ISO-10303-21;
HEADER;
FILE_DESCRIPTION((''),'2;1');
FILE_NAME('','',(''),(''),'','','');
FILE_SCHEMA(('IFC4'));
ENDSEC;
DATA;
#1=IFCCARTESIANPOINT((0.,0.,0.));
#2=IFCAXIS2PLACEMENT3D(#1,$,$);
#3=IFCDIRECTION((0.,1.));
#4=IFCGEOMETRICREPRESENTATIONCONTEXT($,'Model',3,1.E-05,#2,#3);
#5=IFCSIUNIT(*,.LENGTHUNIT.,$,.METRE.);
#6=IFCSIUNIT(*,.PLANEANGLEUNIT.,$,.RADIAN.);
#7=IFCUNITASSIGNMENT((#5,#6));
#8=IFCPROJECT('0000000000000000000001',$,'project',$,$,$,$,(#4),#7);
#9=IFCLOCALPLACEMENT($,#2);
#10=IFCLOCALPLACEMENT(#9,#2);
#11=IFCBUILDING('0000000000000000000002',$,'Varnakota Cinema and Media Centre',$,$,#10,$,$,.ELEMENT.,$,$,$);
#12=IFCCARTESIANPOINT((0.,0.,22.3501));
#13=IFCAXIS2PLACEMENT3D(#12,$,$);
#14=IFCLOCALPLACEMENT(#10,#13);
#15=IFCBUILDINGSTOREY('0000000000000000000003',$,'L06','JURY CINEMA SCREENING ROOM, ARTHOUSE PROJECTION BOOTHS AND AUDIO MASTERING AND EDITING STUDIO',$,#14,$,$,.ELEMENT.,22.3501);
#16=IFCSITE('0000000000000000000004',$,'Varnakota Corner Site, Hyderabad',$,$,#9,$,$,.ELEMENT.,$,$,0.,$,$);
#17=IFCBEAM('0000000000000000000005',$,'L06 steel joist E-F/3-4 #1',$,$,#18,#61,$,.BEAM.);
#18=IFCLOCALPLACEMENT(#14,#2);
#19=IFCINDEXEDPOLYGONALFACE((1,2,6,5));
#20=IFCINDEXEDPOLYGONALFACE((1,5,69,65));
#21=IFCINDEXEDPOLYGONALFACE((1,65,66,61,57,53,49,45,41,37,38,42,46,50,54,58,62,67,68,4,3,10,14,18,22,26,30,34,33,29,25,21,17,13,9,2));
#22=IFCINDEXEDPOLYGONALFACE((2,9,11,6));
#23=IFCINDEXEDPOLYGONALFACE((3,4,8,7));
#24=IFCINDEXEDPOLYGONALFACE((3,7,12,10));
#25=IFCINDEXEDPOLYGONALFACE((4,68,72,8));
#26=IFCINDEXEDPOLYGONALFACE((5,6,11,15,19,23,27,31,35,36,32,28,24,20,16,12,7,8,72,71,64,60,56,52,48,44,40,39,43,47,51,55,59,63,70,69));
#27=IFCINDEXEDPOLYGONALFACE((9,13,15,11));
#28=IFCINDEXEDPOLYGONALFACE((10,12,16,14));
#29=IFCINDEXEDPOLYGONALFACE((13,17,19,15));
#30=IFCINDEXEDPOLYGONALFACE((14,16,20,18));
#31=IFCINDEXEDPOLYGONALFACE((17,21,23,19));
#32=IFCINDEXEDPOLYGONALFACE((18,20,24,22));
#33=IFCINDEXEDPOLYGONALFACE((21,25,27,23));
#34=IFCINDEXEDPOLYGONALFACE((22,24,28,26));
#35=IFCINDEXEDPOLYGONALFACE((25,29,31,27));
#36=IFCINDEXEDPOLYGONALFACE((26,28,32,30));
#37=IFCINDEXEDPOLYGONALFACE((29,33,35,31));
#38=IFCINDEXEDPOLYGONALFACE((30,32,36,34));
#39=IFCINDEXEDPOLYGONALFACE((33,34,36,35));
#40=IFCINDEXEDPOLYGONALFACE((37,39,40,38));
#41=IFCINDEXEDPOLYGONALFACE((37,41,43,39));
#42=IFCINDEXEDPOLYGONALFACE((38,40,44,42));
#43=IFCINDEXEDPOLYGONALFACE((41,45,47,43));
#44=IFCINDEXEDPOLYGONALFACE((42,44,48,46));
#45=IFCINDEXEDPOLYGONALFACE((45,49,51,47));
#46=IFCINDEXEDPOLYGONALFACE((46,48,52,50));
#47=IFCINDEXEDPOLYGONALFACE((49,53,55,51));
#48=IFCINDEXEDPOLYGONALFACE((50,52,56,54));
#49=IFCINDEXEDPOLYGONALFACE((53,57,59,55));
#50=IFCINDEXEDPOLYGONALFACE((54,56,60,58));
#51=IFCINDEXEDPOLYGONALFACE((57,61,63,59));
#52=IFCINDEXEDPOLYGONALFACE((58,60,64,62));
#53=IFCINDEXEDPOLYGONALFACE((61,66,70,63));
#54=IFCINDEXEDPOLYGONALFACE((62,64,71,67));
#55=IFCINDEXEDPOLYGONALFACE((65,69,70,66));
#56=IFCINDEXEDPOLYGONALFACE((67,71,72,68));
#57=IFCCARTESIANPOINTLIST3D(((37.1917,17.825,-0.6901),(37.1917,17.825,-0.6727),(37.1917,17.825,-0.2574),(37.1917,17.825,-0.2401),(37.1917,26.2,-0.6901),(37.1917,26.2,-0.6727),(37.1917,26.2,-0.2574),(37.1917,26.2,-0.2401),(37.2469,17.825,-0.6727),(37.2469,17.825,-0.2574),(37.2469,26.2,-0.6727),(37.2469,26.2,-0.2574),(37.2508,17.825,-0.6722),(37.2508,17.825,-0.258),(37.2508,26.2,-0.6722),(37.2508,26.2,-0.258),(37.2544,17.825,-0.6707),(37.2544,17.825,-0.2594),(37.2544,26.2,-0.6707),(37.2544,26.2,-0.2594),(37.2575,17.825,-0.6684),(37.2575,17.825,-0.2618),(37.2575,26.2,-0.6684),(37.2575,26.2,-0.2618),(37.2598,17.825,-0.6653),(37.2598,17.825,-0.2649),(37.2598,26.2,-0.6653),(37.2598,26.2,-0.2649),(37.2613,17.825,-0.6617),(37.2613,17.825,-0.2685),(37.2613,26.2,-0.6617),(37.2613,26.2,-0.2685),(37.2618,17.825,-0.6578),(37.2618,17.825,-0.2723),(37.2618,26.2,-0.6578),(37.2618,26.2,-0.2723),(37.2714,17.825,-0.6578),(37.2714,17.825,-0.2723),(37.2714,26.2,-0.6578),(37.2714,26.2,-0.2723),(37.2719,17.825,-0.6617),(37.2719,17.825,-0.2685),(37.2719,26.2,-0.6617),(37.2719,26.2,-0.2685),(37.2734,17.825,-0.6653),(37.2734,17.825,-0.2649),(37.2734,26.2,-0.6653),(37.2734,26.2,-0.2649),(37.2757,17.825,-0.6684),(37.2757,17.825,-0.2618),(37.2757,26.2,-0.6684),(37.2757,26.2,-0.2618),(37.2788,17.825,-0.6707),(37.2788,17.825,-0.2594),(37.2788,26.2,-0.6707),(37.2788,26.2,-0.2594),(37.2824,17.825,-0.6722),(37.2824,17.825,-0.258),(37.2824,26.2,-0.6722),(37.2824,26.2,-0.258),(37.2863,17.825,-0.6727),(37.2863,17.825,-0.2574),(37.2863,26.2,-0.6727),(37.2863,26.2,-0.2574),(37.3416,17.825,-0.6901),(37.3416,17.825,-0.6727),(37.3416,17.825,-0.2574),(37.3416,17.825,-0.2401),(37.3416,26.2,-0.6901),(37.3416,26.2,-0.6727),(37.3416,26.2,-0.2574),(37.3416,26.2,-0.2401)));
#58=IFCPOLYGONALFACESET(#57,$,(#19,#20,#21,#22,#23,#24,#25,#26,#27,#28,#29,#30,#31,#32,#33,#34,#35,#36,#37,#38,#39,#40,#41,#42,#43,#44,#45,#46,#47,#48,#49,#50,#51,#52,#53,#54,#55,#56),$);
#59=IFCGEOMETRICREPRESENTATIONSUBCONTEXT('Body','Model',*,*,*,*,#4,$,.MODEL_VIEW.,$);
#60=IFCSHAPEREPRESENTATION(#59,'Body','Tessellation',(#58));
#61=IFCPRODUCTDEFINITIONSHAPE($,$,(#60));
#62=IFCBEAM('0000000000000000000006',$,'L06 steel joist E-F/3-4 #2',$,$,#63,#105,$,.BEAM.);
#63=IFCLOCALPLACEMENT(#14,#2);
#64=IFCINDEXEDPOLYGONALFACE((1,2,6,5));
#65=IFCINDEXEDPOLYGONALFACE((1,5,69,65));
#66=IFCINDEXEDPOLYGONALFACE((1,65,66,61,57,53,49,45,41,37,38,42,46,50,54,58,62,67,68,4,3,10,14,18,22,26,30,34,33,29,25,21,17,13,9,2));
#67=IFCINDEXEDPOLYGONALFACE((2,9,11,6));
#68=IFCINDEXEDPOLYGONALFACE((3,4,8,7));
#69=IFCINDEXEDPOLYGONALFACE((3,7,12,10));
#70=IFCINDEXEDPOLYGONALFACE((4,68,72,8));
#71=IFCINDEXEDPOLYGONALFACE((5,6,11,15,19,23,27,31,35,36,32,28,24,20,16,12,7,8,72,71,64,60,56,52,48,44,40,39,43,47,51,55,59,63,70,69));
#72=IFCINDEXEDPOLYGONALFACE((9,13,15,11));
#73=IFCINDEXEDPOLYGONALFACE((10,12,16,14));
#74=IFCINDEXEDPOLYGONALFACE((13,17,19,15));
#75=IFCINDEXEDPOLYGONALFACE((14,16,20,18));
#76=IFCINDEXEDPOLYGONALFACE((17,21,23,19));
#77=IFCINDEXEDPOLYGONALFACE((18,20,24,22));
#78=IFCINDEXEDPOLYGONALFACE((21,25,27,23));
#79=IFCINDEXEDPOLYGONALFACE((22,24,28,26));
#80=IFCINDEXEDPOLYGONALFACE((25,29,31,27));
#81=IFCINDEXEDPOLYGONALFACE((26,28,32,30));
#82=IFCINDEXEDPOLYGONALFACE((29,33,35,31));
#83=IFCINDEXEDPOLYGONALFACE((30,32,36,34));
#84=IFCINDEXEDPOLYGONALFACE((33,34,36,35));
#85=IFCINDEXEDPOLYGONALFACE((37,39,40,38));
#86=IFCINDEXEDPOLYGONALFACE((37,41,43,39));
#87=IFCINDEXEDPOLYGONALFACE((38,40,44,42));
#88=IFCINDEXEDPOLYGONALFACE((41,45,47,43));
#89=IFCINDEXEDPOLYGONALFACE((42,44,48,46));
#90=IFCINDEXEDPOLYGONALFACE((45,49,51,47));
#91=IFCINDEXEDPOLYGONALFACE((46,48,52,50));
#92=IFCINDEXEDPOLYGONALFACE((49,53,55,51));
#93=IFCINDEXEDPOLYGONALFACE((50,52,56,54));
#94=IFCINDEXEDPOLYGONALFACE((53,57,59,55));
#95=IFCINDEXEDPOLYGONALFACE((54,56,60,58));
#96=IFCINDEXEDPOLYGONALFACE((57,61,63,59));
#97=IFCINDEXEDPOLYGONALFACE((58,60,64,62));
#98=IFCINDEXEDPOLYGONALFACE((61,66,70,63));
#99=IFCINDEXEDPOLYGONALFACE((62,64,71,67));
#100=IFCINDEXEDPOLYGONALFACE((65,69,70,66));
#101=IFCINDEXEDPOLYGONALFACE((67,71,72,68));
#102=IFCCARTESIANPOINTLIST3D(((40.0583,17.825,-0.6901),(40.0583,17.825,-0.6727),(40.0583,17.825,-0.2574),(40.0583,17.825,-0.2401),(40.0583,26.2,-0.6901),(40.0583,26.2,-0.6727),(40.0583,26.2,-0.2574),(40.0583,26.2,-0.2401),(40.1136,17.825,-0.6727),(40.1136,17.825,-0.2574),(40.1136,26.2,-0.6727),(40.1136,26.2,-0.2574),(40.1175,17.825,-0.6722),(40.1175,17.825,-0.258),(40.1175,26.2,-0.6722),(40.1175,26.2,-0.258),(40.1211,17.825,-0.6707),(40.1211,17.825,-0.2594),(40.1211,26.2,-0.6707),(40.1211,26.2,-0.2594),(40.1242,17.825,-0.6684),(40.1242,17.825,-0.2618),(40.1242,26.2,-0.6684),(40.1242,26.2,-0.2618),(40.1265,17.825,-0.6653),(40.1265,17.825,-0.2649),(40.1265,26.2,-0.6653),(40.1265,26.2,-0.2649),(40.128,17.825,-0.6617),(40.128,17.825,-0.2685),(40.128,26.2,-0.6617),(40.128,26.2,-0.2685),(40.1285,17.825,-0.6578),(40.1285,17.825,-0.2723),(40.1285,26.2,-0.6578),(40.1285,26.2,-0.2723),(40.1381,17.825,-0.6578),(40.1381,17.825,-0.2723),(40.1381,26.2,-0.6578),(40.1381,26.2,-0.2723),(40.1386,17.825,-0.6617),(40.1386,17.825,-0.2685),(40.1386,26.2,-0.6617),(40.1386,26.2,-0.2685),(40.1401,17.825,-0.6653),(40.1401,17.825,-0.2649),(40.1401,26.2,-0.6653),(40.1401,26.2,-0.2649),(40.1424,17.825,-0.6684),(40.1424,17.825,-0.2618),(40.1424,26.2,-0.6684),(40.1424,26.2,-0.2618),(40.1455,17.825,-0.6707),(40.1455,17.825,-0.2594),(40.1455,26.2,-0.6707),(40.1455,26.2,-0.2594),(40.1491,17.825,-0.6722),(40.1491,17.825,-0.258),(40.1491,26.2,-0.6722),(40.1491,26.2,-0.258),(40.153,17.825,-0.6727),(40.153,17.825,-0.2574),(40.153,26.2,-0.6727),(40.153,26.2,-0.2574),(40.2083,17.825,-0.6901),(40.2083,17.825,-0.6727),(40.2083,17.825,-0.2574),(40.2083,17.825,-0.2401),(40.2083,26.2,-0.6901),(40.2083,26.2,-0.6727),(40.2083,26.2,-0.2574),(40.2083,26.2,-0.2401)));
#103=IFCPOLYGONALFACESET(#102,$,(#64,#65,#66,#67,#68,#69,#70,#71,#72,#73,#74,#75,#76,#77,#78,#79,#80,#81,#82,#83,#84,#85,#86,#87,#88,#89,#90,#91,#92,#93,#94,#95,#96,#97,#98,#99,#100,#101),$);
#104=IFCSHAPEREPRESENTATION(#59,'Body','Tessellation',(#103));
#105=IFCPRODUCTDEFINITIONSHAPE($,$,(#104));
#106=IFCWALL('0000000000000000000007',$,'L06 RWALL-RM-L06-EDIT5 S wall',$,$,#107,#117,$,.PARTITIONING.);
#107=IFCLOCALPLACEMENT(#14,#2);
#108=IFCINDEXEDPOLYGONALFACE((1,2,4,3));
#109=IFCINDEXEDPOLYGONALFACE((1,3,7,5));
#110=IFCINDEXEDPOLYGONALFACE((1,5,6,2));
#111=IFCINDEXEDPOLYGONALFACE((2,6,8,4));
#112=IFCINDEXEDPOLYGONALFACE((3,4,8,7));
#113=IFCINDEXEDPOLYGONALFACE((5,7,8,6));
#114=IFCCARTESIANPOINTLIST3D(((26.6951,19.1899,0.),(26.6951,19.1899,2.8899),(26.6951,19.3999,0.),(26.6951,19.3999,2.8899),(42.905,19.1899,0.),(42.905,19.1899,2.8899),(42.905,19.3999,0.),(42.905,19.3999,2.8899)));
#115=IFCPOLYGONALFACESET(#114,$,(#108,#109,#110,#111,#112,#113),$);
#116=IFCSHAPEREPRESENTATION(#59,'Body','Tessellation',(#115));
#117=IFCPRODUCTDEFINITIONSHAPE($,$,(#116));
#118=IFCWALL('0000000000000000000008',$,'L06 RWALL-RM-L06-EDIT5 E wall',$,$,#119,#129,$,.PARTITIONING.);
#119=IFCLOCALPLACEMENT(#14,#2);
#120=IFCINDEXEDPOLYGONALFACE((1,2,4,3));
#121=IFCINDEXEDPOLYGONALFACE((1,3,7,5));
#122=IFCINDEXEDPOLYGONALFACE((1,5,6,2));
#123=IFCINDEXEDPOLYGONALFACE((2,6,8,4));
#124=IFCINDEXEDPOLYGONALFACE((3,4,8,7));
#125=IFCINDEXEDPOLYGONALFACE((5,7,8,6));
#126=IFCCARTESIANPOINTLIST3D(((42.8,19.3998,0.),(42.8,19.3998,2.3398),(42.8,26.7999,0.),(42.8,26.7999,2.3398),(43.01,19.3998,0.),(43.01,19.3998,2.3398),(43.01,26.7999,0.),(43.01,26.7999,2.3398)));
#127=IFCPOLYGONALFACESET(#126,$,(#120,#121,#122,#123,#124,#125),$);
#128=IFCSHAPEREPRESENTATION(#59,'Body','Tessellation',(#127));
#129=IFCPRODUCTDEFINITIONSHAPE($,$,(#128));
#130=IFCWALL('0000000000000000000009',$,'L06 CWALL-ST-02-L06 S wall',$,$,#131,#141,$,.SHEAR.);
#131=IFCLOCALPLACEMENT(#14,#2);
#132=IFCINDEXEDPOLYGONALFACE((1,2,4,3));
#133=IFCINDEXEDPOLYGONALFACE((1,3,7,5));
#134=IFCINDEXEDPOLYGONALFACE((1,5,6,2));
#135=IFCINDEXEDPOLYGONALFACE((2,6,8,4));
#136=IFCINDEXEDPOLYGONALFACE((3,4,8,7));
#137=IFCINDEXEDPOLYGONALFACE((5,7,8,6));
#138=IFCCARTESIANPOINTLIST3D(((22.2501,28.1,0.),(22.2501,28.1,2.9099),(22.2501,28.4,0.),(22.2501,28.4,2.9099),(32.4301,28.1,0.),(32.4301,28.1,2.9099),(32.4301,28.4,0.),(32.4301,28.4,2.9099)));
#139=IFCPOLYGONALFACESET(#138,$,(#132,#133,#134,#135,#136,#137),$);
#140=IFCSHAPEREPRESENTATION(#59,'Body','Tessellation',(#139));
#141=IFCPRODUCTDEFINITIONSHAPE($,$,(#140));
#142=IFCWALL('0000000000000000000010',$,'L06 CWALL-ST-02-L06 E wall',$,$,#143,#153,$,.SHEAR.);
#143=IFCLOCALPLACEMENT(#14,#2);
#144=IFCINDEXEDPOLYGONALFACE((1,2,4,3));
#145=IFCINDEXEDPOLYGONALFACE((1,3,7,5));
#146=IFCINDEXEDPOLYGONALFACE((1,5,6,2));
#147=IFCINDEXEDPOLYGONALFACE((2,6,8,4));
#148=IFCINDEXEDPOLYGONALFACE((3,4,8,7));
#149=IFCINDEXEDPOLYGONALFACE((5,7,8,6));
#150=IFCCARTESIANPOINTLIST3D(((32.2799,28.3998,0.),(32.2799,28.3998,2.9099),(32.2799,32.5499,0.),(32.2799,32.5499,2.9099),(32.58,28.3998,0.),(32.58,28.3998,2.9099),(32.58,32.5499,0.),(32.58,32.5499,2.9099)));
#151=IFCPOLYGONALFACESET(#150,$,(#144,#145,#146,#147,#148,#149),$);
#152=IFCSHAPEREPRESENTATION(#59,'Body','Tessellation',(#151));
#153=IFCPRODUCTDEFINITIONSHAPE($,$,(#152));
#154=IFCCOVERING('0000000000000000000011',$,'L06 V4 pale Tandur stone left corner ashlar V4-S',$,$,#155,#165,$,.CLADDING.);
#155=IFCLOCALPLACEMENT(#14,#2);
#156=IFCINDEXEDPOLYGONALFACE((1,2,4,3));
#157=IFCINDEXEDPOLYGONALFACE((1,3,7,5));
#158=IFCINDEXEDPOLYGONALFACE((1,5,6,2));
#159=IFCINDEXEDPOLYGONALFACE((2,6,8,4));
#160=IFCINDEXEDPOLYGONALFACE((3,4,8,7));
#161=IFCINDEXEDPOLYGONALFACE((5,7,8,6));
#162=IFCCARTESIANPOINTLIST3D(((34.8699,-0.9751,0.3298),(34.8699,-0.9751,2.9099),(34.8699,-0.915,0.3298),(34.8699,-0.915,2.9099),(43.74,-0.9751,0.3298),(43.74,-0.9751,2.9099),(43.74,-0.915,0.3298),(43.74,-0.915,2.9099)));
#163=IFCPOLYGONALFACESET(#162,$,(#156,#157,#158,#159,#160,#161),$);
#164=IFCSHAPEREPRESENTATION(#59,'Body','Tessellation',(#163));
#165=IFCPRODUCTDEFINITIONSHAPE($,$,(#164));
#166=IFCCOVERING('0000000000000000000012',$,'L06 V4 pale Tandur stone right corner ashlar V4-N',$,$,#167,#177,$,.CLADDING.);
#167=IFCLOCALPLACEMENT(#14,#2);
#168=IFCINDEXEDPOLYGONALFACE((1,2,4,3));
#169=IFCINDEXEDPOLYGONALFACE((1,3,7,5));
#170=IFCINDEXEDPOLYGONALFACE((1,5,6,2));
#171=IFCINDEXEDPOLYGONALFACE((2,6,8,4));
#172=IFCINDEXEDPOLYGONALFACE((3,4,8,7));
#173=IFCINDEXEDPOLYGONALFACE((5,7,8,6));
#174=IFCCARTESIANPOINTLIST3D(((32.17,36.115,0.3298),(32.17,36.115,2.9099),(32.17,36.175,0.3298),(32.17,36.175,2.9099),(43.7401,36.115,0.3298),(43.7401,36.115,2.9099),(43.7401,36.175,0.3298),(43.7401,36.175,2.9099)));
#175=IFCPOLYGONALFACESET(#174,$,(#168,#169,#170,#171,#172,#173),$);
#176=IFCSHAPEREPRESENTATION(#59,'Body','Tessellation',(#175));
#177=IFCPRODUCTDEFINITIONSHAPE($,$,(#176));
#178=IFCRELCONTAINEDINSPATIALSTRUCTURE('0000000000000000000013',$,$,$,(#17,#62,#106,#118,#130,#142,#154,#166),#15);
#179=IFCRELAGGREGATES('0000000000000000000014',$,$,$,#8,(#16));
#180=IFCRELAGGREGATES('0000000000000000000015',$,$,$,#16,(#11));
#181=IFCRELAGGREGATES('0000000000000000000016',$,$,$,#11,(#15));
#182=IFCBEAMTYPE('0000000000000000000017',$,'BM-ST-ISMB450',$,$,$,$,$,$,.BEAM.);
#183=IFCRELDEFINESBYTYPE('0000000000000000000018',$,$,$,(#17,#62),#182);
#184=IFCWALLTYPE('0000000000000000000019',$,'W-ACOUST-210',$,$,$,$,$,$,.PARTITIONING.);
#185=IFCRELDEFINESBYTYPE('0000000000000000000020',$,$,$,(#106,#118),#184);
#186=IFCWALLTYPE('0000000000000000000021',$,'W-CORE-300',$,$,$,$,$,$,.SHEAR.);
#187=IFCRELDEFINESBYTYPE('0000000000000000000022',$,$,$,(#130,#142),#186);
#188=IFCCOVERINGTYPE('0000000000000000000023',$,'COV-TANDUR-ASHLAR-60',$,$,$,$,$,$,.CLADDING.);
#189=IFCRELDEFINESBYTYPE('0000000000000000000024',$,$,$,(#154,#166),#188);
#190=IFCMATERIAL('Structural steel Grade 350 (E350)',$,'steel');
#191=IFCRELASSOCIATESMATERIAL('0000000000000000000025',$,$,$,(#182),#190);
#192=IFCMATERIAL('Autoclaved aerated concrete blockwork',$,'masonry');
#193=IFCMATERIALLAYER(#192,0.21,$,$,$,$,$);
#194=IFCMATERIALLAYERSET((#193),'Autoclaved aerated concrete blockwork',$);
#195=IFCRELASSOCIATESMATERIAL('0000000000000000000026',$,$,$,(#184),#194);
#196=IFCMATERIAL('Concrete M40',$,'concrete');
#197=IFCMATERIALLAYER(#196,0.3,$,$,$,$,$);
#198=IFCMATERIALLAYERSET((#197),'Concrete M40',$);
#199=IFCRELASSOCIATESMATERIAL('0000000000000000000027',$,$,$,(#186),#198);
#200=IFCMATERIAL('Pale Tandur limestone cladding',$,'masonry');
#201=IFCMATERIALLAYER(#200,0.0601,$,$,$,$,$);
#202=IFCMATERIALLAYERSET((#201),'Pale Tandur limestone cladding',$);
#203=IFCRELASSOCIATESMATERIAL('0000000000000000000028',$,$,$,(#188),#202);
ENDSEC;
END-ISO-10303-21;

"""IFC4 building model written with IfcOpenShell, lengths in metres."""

from ifc_helpers import new_model, si_unit, direction, frame, frame_2d, origin, origin_2d, place, context, subcontext, project, spatial, rectangle, i_section, extrude, material, layer, layer_set, material_profile, profile_set, type_object, element, save


model = new_model("IFC4")

# Units and contexts
model_context = context("Model", 3, precision=1e-05, world=origin(), true_north=direction((0.0, 1.0)))
body_context = subcontext(model_context, "Body", "Model", "MODEL_VIEW")
ifc_project = project(units=[si_unit("LENGTHUNIT", "METRE"), si_unit("PLANEANGLEUNIT", "RADIAN")], contexts=[model_context])

# Site, building, storey
site_placement = place(None, origin())
site = spatial("IfcSite", under=ifc_project, at=site_placement, Name="Varnakota Corner Site, Hyderabad", CompositionType="ELEMENT", RefElevation=0.0)
building_placement = place(site_placement, origin())
building = spatial("IfcBuilding", under=site, at=building_placement, Name="Varnakota Cinema and Media Centre", CompositionType="ELEMENT")
storey_placement = place(building_placement, frame((0.0, 0.0, 22.3501)))
storey = spatial("IfcBuildingStorey", under=building, at=storey_placement, Name="L06", Description="JURY CINEMA SCREENING ROOM, ARTHOUSE PROJECTION BOOTHS AND AUDIO MASTERING AND EDITING STUDIO", CompositionType="ELEMENT", Elevation=22.3501)

# Beams
ifc_material_1 = material(Name="Structural steel Grade 350 (E350)", Category="steel")
ifc_material_profile_1 = material_profile(ifc_material_1, i_section(OverallWidth=0.1499, OverallDepth=0.45, WebThickness=0.0095, FlangeThickness=0.0173, FilletRadius=0.0149, at=origin_2d()), Name="ISMB 450")
ifc_profile_set_1 = profile_set([ifc_material_profile_1], Name="Structural steel Grade 350 (E350)")
beam_type_1 = type_object("IfcBeamType", Name="BM-ST-ISMB450", PredefinedType="BEAM", material=ifc_profile_set_1)
for number, where, z_axis, x_axis, name in (
    (1, (37.2666, 17.825, -0.4651), (0.0, 1.0, 0.0), (-1.0, 0.0, 0.0), "L06 steel joist E-F/3-4 #1"),
    (2, (40.1333, 17.825, -0.4651), (0.0, 1.0, 0.0), (-1.0, 0.0, 0.0), "L06 steel joist E-F/3-4 #2"),
):
    element("IfcBeam", number, at=place(storey_placement, frame(where, z_axis=z_axis, x_axis=x_axis)), inside=storey, type_object=beam_type_1, Name=name, PredefinedType="BEAM", context=body_context, shape_type="SweptSolid", body=[
        extrude(i_section(OverallWidth=0.1499, OverallDepth=0.45, WebThickness=0.0095, FlangeThickness=0.0173, FilletRadius=0.0149, at=origin_2d()), origin(), (0.0, 0.0, 1.0), 8.375),
    ])

# Walls
ifc_material_2 = material(Name="Autoclaved aerated concrete blockwork", Category="masonry")
ifc_layer_1 = layer(ifc_material_2, 0.21)
ifc_layer_set_1 = layer_set([ifc_layer_1], Name="Autoclaved aerated concrete blockwork")
wall_type_1 = type_object("IfcWallType", Name="W-ACOUST-210", PredefinedType="PARTITIONING", material=ifc_layer_set_1)
wall_1_placement = place(storey_placement, frame((42.905, 19.2949, 0.0), z_axis=(0.0, 0.0, 1.0), x_axis=(-1.0, 0.0, 0.0)))
element("IfcWall", 3, at=wall_1_placement, inside=storey, type_object=wall_type_1, Name="L06 RWALL-RM-L06-EDIT5 S wall", PredefinedType="PARTITIONING", context=body_context, shape_type="SweptSolid", body=[
    extrude(rectangle(XDim=16.21, YDim=0.21, at=frame_2d((8.105, 0.0))), origin(), (0.0, 0.0, 1.0), 2.8899),
])
wall_2_placement = place(storey_placement, frame((42.905, 26.8, 0.0), z_axis=(0.0, 0.0, 1.0), x_axis=(0.0, -1.0, 0.0)))
element("IfcWall", 4, at=wall_2_placement, inside=storey, type_object=wall_type_1, Name="L06 RWALL-RM-L06-EDIT5 E wall", PredefinedType="PARTITIONING", context=body_context, shape_type="SweptSolid", body=[
    extrude(rectangle(XDim=7.4001, YDim=0.21, at=frame_2d((3.7002, 0.0))), origin(), (0.0, 0.0, 1.0), 2.3398),
])
ifc_material_3 = material(Name="Concrete M40", Category="concrete")
ifc_layer_2 = layer(ifc_material_3, 0.3)
ifc_layer_set_2 = layer_set([ifc_layer_2], Name="Concrete M40")
wall_type_2 = type_object("IfcWallType", Name="W-CORE-300", PredefinedType="SHEAR", material=ifc_layer_set_2)
wall_3_placement = place(storey_placement, frame((32.4299, 28.25, 0.0), z_axis=(0.0, 0.0, 1.0), x_axis=(-1.0, 0.0, 0.0)))
element("IfcWall", 5, at=wall_3_placement, inside=storey, type_object=wall_type_2, Name="L06 CWALL-ST-02-L06 S wall", PredefinedType="SHEAR", context=body_context, shape_type="SweptSolid", body=[
    extrude(rectangle(XDim=10.1799, YDim=0.3, at=frame_2d((5.0898, 0.0))), origin(), (0.0, 0.0, 1.0), 2.9099),
])
wall_4_placement = place(storey_placement, frame((32.4299, 32.55, 0.0), z_axis=(0.0, 0.0, 1.0), x_axis=(0.0, -1.0, 0.0)))
element("IfcWall", 6, at=wall_4_placement, inside=storey, type_object=wall_type_2, Name="L06 CWALL-ST-02-L06 E wall", PredefinedType="SHEAR", context=body_context, shape_type="SweptSolid", body=[
    extrude(rectangle(XDim=4.1501, YDim=0.3, at=frame_2d((2.0752, 0.0))), origin(), (0.0, 0.0, 1.0), 2.9099),
])

# Coverings
ifc_material_4 = material(Name="Pale Tandur limestone cladding", Category="masonry")
ifc_layer_3 = layer(ifc_material_4, 0.0601)
ifc_layer_set_3 = layer_set([ifc_layer_3], Name="Pale Tandur limestone cladding")
covering_type = type_object("IfcCoveringType", Name="COV-TANDUR-ASHLAR-60", PredefinedType="CLADDING", material=ifc_layer_set_3)
covering_1_placement = place(storey_placement, frame((39.3049, -0.9451, 0.3298), z_axis=(0.0, 0.0, 1.0), x_axis=(-1.0, 0.0, 0.0)))
element("IfcCovering", 7, at=covering_1_placement, inside=storey, type_object=covering_type, Name="L06 V4 pale Tandur stone left corner ashlar V4-S", PredefinedType="CLADDING", context=body_context, shape_type="SweptSolid", body=[
    extrude(rectangle(XDim=8.8701, YDim=0.0601, at=origin_2d()), origin(), (0.0, 0.0, 1.0), 2.5801),
])
covering_2_placement = place(storey_placement, frame((37.9551, 36.145, 0.3298), z_axis=(0.0, 0.0, 1.0), x_axis=(1.0, 0.0, 0.0)))
element("IfcCovering", 8, at=covering_2_placement, inside=storey, type_object=covering_type, Name="L06 V4 pale Tandur stone right corner ashlar V4-N", PredefinedType="CLADDING", context=body_context, shape_type="SweptSolid", body=[
    extrude(rectangle(XDim=11.5701, YDim=0.0601, at=origin_2d()), origin(), (0.0, 0.0, 1.0), 2.5801),
])

save(model, "model.ifc")
